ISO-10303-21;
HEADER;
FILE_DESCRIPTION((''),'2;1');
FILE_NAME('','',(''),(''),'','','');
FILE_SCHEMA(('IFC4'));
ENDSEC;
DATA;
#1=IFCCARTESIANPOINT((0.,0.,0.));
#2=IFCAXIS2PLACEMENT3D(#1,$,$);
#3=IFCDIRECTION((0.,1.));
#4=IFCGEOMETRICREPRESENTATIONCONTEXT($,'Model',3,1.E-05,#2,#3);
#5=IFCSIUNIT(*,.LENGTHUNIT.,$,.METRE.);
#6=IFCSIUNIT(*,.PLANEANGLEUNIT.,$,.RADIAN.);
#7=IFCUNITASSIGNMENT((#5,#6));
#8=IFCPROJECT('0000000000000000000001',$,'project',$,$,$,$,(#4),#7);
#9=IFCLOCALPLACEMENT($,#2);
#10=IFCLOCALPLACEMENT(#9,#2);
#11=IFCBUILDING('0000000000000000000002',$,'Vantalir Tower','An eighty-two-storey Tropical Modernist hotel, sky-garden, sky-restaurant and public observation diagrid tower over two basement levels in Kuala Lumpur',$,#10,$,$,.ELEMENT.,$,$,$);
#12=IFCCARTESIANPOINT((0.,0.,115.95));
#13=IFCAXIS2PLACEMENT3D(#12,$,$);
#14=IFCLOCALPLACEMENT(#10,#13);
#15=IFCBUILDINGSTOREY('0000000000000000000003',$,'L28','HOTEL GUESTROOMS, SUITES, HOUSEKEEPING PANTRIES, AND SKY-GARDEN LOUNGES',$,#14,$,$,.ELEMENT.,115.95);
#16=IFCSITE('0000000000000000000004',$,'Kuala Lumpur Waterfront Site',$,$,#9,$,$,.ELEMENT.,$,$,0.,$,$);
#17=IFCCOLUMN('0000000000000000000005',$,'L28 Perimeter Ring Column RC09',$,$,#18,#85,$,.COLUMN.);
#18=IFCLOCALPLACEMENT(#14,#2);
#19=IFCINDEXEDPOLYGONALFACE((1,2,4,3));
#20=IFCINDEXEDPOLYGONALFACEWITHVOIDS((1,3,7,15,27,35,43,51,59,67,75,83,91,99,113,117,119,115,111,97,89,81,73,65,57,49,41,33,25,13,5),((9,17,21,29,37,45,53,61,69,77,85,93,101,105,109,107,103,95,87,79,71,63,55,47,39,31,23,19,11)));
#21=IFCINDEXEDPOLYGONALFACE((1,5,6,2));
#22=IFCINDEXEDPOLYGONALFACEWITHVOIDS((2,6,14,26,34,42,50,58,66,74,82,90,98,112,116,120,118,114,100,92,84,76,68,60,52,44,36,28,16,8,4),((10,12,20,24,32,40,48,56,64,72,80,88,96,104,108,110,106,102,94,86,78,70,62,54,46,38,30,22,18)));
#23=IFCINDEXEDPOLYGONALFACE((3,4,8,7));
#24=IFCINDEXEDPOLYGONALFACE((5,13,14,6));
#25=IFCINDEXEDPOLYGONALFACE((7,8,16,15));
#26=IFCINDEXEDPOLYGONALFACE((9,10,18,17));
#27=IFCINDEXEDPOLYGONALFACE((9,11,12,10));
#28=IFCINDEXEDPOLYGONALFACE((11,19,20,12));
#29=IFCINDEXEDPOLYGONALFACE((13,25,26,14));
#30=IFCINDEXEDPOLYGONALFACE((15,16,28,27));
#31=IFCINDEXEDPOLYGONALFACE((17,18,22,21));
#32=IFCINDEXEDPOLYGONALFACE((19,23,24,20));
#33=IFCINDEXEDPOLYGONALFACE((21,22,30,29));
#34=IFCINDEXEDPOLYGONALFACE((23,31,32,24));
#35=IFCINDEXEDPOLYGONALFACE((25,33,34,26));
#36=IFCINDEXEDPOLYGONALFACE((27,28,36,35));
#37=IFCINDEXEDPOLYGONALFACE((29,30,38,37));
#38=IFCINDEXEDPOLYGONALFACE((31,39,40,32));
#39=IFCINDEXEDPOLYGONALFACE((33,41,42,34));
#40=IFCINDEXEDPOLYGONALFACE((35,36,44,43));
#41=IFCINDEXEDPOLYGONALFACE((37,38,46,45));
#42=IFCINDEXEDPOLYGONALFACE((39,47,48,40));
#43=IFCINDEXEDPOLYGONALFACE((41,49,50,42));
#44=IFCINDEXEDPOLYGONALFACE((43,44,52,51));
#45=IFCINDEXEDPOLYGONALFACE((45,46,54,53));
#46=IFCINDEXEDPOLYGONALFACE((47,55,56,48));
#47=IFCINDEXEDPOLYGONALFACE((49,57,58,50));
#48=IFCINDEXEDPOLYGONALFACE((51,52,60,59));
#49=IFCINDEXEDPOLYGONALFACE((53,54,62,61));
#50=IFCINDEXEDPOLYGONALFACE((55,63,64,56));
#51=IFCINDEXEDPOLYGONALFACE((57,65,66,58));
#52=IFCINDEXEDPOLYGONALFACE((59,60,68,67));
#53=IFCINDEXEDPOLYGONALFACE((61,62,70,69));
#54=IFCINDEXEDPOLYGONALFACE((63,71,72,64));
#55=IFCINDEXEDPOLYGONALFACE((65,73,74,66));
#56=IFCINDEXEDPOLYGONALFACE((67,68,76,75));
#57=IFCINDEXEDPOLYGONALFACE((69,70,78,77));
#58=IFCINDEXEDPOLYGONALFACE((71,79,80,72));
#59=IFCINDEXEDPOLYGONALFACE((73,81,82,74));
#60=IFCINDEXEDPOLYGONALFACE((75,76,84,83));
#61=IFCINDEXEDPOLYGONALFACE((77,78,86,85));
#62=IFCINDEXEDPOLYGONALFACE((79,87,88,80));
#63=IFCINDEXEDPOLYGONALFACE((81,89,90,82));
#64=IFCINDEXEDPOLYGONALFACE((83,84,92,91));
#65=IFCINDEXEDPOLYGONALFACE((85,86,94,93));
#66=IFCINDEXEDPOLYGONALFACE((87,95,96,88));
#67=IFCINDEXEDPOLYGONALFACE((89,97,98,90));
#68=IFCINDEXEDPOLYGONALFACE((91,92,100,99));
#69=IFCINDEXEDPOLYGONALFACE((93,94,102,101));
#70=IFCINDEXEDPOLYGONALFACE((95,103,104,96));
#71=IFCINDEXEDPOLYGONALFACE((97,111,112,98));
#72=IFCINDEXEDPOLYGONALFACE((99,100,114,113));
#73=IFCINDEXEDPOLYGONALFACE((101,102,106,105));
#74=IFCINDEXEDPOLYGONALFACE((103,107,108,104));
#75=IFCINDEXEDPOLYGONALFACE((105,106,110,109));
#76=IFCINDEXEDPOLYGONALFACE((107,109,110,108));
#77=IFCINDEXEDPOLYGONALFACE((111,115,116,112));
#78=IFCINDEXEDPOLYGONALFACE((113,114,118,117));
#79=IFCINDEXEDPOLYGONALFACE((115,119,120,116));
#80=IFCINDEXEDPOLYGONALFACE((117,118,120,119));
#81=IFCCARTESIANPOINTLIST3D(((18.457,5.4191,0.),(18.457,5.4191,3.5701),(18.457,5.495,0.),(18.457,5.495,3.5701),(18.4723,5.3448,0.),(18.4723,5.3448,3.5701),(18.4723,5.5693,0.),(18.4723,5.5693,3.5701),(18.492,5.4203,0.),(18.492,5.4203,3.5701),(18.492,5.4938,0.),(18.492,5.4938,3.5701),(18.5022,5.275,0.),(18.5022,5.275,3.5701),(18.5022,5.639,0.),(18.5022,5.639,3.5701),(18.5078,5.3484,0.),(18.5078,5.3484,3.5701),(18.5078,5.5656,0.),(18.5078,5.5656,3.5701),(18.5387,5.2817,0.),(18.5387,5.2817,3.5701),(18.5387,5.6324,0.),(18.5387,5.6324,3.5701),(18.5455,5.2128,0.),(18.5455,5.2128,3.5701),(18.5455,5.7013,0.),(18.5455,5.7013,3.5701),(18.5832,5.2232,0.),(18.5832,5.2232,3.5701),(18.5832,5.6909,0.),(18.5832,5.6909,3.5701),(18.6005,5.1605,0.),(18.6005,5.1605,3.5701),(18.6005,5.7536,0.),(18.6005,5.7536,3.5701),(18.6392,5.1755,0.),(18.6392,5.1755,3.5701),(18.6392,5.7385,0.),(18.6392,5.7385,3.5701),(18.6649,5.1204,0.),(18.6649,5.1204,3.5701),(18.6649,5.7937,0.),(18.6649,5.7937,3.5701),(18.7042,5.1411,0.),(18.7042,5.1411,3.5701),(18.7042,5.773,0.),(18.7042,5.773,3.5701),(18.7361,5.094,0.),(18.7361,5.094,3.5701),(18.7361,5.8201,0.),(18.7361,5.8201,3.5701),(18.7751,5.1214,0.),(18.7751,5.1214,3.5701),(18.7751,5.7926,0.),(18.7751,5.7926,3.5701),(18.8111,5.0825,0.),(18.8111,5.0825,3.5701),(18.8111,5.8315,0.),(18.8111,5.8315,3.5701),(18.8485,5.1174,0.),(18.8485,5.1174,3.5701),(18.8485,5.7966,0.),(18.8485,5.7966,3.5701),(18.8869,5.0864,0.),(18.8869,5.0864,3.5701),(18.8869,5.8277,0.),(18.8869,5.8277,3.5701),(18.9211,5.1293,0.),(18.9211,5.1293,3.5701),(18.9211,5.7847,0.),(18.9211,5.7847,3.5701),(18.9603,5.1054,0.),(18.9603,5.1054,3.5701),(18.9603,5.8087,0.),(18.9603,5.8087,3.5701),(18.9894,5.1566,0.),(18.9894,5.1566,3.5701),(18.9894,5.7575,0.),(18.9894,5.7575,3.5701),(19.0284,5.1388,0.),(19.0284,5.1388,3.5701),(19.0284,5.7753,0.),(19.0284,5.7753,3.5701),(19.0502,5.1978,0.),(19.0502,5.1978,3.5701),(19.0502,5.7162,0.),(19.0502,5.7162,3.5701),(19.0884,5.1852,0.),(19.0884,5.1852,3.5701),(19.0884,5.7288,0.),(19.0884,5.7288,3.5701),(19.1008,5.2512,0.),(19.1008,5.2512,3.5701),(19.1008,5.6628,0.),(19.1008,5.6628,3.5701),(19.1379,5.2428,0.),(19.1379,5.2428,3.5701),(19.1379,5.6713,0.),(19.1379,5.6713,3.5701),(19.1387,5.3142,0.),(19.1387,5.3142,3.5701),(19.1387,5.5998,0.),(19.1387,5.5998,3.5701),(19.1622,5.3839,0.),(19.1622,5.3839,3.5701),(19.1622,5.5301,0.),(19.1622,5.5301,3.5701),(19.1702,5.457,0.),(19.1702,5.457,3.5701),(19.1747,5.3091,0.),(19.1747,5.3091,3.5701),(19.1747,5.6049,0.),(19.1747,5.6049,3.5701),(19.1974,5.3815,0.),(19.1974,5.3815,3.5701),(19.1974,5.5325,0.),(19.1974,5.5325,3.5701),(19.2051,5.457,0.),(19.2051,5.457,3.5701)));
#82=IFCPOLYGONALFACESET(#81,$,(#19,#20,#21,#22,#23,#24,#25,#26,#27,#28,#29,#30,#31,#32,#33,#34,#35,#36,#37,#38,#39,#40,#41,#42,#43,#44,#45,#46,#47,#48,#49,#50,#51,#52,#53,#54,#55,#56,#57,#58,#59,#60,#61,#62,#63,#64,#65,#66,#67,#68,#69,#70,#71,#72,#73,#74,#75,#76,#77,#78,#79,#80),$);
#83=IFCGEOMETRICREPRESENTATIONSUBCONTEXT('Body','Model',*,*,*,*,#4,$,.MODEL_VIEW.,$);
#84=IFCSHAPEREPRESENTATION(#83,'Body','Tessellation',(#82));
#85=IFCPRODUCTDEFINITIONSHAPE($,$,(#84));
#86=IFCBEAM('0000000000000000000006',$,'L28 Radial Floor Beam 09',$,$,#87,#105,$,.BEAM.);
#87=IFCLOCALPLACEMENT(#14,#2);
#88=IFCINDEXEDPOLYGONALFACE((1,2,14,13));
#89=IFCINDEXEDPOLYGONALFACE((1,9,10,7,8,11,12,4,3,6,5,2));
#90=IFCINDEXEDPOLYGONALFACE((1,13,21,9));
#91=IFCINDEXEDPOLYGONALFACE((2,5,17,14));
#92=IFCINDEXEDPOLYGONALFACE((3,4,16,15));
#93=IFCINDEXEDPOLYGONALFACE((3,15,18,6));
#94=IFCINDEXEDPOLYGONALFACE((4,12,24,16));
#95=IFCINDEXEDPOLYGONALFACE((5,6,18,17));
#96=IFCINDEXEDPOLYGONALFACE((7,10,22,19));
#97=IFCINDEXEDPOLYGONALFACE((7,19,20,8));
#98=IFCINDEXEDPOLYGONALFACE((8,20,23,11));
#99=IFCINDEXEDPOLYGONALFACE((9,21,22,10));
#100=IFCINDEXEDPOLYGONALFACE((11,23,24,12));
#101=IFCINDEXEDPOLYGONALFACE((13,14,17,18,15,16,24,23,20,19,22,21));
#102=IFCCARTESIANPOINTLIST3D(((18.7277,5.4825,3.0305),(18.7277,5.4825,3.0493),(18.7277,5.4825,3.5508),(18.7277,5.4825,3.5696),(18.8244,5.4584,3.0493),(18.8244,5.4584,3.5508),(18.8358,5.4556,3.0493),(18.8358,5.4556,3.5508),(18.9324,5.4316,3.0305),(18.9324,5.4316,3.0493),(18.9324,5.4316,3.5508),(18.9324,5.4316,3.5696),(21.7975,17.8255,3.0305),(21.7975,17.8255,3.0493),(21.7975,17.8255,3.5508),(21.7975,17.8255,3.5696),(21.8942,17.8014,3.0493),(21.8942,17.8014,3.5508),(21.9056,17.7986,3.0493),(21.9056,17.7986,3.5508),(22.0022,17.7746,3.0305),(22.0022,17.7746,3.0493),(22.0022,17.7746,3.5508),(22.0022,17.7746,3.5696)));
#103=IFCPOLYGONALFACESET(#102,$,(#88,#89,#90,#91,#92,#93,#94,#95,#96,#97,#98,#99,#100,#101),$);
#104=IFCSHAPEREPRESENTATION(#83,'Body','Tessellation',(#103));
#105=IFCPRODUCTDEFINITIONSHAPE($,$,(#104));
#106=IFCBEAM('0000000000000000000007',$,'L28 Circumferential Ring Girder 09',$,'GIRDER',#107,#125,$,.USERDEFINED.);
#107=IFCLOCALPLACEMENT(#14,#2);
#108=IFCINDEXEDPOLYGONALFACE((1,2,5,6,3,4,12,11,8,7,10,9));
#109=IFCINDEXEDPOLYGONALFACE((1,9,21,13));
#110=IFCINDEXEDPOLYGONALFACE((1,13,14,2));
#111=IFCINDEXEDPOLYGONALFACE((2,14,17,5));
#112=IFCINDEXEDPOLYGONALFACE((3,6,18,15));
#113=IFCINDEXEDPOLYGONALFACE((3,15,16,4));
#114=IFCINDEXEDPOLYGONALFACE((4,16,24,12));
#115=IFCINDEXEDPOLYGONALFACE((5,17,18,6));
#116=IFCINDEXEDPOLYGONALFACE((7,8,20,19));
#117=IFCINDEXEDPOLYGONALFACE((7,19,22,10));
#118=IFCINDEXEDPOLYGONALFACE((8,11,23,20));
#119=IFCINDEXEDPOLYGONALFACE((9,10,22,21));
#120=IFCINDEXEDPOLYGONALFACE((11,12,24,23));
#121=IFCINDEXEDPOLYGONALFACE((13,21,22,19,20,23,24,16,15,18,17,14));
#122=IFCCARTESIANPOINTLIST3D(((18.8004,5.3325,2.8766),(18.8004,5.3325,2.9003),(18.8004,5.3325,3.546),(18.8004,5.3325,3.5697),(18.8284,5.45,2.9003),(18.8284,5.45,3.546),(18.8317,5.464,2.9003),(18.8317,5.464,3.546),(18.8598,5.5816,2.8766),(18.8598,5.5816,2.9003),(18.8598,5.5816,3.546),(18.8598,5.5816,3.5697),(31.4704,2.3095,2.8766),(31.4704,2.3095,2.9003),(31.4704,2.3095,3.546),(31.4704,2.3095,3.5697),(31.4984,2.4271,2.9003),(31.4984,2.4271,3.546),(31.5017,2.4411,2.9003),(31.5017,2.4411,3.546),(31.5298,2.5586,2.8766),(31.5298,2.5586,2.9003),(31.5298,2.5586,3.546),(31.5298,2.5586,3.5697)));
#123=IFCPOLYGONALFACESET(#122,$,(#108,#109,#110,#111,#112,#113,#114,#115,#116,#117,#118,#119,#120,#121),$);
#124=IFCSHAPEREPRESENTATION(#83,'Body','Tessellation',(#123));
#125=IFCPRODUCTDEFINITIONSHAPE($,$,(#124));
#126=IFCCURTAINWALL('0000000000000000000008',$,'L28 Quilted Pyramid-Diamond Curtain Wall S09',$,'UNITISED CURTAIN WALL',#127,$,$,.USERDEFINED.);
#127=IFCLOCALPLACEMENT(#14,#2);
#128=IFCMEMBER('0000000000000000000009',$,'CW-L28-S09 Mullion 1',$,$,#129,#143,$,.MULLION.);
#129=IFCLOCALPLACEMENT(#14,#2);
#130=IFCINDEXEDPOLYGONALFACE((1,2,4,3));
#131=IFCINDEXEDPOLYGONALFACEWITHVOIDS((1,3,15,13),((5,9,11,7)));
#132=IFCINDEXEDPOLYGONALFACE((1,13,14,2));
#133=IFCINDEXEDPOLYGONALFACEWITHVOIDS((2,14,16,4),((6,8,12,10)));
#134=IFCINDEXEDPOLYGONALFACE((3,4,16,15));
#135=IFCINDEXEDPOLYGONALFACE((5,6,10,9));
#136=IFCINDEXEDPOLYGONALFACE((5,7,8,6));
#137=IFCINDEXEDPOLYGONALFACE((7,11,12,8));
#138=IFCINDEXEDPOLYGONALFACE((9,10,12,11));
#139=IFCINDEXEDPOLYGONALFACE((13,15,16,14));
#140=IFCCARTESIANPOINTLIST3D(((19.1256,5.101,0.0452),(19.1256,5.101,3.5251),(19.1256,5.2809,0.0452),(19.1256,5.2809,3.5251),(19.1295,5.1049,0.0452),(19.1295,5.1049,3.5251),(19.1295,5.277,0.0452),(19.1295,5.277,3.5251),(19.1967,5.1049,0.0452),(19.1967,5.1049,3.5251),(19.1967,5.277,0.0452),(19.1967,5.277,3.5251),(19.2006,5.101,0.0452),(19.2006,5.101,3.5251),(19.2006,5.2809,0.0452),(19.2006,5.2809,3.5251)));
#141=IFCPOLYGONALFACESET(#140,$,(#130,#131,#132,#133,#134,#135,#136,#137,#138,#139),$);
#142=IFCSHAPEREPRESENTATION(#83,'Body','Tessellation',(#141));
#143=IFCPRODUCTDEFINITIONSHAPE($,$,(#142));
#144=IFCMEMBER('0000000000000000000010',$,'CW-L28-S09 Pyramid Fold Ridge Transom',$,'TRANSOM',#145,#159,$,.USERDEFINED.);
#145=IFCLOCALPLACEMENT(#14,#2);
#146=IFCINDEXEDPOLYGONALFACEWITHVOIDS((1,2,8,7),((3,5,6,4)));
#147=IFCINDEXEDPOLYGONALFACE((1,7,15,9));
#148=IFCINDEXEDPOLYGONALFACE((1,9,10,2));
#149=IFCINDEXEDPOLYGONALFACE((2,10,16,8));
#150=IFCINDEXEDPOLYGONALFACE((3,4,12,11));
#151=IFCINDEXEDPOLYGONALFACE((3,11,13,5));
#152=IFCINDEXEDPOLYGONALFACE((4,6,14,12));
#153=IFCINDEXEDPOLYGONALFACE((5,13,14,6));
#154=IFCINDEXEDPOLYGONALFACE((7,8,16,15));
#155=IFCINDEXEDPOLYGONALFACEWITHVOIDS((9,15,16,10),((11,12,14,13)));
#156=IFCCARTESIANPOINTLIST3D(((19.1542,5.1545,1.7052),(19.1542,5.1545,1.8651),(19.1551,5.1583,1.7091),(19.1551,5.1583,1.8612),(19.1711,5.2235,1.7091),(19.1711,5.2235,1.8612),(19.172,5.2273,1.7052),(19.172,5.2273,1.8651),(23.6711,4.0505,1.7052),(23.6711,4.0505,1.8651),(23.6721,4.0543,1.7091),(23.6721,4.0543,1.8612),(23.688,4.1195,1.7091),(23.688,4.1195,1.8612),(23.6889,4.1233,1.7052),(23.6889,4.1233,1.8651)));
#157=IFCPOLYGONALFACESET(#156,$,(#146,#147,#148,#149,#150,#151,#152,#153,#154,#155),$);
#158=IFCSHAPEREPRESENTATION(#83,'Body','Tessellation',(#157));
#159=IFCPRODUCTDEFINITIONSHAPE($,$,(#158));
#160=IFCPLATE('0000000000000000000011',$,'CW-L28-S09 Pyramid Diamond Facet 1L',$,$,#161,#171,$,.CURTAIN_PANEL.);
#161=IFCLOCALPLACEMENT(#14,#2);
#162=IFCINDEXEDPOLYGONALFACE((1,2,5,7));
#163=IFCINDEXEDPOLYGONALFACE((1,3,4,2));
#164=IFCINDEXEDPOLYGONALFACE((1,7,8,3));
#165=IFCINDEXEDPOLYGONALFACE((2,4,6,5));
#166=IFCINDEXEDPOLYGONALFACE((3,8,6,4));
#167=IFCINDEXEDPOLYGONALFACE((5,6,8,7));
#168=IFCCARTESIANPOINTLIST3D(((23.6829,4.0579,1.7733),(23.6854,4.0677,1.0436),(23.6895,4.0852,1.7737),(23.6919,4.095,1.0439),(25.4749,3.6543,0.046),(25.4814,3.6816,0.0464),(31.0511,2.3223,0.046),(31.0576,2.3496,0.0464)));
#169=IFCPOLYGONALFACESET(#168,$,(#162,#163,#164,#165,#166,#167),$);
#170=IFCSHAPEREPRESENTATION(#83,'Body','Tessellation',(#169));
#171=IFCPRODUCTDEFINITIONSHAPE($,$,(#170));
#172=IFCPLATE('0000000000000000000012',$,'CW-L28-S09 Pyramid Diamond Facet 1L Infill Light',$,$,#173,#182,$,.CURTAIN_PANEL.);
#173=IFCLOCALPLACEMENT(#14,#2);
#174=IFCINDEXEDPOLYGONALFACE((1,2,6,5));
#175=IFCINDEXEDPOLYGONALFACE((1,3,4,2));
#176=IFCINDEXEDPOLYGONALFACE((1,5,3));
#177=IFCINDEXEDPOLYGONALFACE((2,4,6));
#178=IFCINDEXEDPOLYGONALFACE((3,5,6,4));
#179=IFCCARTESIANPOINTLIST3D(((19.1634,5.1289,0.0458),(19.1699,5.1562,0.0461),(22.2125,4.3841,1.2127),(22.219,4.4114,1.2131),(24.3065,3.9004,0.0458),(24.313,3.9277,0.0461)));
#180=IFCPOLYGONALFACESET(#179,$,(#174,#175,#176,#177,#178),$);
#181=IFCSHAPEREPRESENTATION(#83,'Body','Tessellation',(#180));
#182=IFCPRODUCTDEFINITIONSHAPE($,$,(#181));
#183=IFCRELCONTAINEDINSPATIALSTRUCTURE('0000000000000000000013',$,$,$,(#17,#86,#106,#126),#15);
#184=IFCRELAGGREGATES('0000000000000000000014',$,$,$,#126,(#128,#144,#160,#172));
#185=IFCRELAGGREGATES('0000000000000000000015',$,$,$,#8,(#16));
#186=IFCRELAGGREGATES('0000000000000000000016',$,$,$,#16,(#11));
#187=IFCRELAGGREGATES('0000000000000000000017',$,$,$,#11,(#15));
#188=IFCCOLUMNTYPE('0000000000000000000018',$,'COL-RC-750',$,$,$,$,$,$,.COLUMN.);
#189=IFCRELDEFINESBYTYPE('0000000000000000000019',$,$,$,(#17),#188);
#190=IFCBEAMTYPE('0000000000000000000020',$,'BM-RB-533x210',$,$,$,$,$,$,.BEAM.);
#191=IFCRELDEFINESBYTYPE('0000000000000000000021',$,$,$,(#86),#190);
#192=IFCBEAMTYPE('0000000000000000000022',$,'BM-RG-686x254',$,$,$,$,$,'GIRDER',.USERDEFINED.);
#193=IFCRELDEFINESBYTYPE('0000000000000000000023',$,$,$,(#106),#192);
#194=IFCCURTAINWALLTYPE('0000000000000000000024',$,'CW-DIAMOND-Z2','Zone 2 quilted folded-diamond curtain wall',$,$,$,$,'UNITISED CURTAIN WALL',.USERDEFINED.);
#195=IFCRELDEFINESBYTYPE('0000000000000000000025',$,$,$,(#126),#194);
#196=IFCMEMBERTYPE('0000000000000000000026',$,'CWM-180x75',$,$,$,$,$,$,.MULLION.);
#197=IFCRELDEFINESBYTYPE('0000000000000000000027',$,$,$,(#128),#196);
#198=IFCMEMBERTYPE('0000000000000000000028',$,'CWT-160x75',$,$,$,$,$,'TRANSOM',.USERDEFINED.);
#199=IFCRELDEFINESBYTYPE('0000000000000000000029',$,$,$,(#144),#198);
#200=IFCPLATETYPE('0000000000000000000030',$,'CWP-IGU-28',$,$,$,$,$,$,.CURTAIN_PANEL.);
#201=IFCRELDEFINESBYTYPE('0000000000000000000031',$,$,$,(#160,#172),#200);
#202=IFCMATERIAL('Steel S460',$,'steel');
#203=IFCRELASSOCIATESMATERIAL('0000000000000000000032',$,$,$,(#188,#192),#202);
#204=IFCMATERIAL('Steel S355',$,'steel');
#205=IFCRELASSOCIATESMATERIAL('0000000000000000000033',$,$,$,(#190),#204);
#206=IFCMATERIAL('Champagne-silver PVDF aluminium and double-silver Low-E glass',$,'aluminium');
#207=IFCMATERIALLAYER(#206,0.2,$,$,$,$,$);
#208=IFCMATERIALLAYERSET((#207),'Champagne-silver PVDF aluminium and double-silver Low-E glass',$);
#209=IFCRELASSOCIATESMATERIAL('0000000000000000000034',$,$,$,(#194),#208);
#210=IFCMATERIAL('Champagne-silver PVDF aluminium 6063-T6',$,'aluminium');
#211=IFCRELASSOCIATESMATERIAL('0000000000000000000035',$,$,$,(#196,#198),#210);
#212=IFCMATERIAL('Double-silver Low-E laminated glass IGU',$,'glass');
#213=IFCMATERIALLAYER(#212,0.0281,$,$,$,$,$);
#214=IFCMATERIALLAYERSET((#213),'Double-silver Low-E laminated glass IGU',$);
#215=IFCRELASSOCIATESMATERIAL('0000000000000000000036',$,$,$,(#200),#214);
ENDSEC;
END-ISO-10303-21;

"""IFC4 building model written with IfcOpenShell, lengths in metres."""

from ifc_helpers import new_model, si_unit, direction, frame, origin, origin_2d, place, context, subcontext, project, spatial, polyline, hollow_rectangle, hollow_circle, i_section, outline, extrude, material, layer, layer_set, material_profile, profile_set, type_object, element, aggregate, save


model = new_model("IFC4")

# Units and contexts
model_context = context("Model", 3, precision=1e-05, world=origin(), true_north=direction((0.0, 1.0)))
body_context = subcontext(model_context, "Body", "Model", "MODEL_VIEW")
ifc_project = project(units=[si_unit("LENGTHUNIT", "METRE"), si_unit("PLANEANGLEUNIT", "RADIAN")], contexts=[model_context])

# Site, building, storey
site_placement = place(None, origin())
site = spatial("IfcSite", under=ifc_project, at=site_placement, Name="Kuala Lumpur Waterfront Site", CompositionType="ELEMENT", RefElevation=0.0)
building_placement = place(site_placement, origin())
building = spatial("IfcBuilding", under=site, at=building_placement, Name="Vantalir Tower", Description="An eighty-two-storey Tropical Modernist hotel, sky-garden, sky-restaurant and public observation diagrid tower over two basement levels in Kuala Lumpur", CompositionType="ELEMENT")
storey_placement = place(building_placement, frame((0.0, 0.0, 115.95)))
storey = spatial("IfcBuildingStorey", under=building, at=storey_placement, Name="L28", Description="HOTEL GUESTROOMS, SUITES, HOUSEKEEPING PANTRIES, AND SKY-GARDEN LOUNGES", CompositionType="ELEMENT", Elevation=115.95)

# Column
ifc_material_1 = material(Name="Steel S460", Category="steel")
ifc_material_profile_1 = material_profile(ifc_material_1, hollow_circle(Radius=0.375, WallThickness=0.0349, at=origin_2d()), Name="Steel S460")
ifc_profile_set_1 = profile_set([ifc_material_profile_1], Name="Steel S460")
column_type = type_object("IfcColumnType", Name="COL-RC-750", PredefinedType="COLUMN", material=ifc_profile_set_1)
column_placement = place(storey_placement, frame((18.8301, 5.457, 0.0), z_axis=(0.0, 0.0, 1.0), x_axis=(1.0, 0.0, 0.0)))
element("IfcColumn", 1, at=column_placement, inside=storey, type_object=column_type, Name="L28 Perimeter Ring Column RC09", PredefinedType="COLUMN", context=body_context, shape_type="SweptSolid", body=[
    extrude(hollow_circle(Radius=0.375, WallThickness=0.0349, at=origin_2d()), origin(), (0.0, 0.0, 1.0), 3.5701),
])

# Beams
ifc_material_2 = material(Name="Steel S355", Category="steel")
ifc_material_profile_2 = material_profile(ifc_material_2, i_section(OverallWidth=0.2109, OverallDepth=0.5391, WebThickness=0.0117, FlangeThickness=0.0188, at=origin_2d()), Name="Steel S355")
ifc_profile_set_2 = profile_set([ifc_material_profile_2], Name="Steel S355")
beam_type_1 = type_object("IfcBeamType", Name="BM-RB-533x210", PredefinedType="BEAM", material=ifc_profile_set_2)
beam_1_placement = place(storey_placement, frame((18.8301, 5.457, 3.3), z_axis=(0.241357, 0.970436, 0.0), x_axis=(-0.970436, 0.241357, 0.0)))
element("IfcBeam", 2, at=beam_1_placement, inside=storey, type_object=beam_type_1, Name="L28 Radial Floor Beam 09", PredefinedType="BEAM", context=body_context, shape_type="SweptSolid", body=[
    extrude(i_section(OverallWidth=0.2109, OverallDepth=0.5391, WebThickness=0.0117, FlangeThickness=0.0188, at=origin_2d()), origin(), (0.0, 0.0, 1.0), 12.719),
])
ifc_material_profile_3 = material_profile(ifc_material_1, i_section(OverallWidth=0.2561, OverallDepth=0.6931, WebThickness=0.0144, FlangeThickness=0.0237, at=origin_2d()), Name="Steel S460")
ifc_profile_set_3 = profile_set([ifc_material_profile_3], Name="Steel S460")
beam_type_2 = type_object("IfcBeamType", Name="BM-RG-686x254", ElementType="GIRDER", PredefinedType="USERDEFINED", material=ifc_profile_set_3)
beam_2_placement = place(storey_placement, frame((18.8301, 5.457, 3.2231), z_axis=(0.972697, -0.232078, 0.0), x_axis=(0.232078, 0.972697, 0.0)))
element("IfcBeam", 3, at=beam_2_placement, inside=storey, type_object=beam_type_2, Name="L28 Circumferential Ring Girder 09", ObjectType="GIRDER", PredefinedType="USERDEFINED", context=body_context, shape_type="SweptSolid", body=[
    extrude(i_section(OverallWidth=0.2561, OverallDepth=0.6931, WebThickness=0.0144, FlangeThickness=0.0237, at=origin_2d()), origin(), (0.0, 0.0, 1.0), 13.0256),
])

# Curtain wall, members, plates
ifc_material_3 = material(Name="Champagne-silver PVDF aluminium and double-silver Low-E glass", Category="aluminium")
ifc_layer_1 = layer(ifc_material_3, 0.2)
ifc_layer_set_1 = layer_set([ifc_layer_1], Name="Champagne-silver PVDF aluminium and double-silver Low-E glass")
curtain_wall_type = type_object("IfcCurtainWallType", Name="CW-DIAMOND-Z2", Description="Zone 2 quilted folded-diamond curtain wall", ElementType="UNITISED CURTAIN WALL", PredefinedType="USERDEFINED", material=ifc_layer_set_1)
curtain_wall_placement = place(storey_placement, origin())
curtain_wall = element("IfcCurtainWall", 4, at=curtain_wall_placement, inside=storey, type_object=curtain_wall_type, Name="L28 Quilted Pyramid-Diamond Curtain Wall S09", ObjectType="UNITISED CURTAIN WALL", PredefinedType="USERDEFINED")
ifc_material_4 = material(Name="Champagne-silver PVDF aluminium 6063-T6", Category="aluminium")
ifc_material_profile_4 = material_profile(ifc_material_4, hollow_rectangle(XDim=0.075, YDim=0.1799, WallThickness=0.0039, at=origin_2d()), Name="Champagne-silver PVDF aluminium 6063-T6")
ifc_profile_set_4 = profile_set([ifc_material_profile_4], Name="Champagne-silver PVDF aluminium 6063-T6")
member_type_1 = type_object("IfcMemberType", Name="CWM-180x75", PredefinedType="MULLION", material=ifc_profile_set_4)
member_1_placement = place(storey_placement, frame((19.1631, 5.1909, 0.0452), z_axis=(0.0, 0.0, 1.0), x_axis=(1.0, 0.0, 0.0)))
member_1 = element("IfcMember", 5, at=member_1_placement, type_object=member_type_1, Name="CW-L28-S09 Mullion 1", PredefinedType="MULLION", context=body_context, shape_type="SweptSolid", body=[
    extrude(hollow_rectangle(XDim=0.075, YDim=0.1799, WallThickness=0.0039, at=origin_2d()), origin(), (0.0, 0.0, 1.0), 3.48),
])
ifc_material_profile_5 = material_profile(ifc_material_4, hollow_rectangle(XDim=0.075, YDim=0.1599, WallThickness=0.0039, at=origin_2d()), Name="Champagne-silver PVDF aluminium 6063-T6")
ifc_profile_set_5 = profile_set([ifc_material_profile_5], Name="Champagne-silver PVDF aluminium 6063-T6")
member_type_2 = type_object("IfcMemberType", Name="CWT-160x75", ElementType="TRANSOM", PredefinedType="USERDEFINED", material=ifc_profile_set_5)
member_2_placement = place(storey_placement, frame((19.1631, 5.1909, 1.7852), z_axis=(0.971405, -0.23743, 0.0), x_axis=(0.23743, 0.971405, 0.0)))
member_2 = element("IfcMember", 6, at=member_2_placement, type_object=member_type_2, Name="CW-L28-S09 Pyramid Fold Ridge Transom", ObjectType="TRANSOM", PredefinedType="USERDEFINED", context=body_context, shape_type="SweptSolid", body=[
    extrude(hollow_rectangle(XDim=0.075, YDim=0.1599, WallThickness=0.0039, at=origin_2d()), origin(), (0.0, 0.0, 1.0), 4.6499),
])
ifc_material_5 = material(Name="Double-silver Low-E laminated glass IGU", Category="glass")
ifc_layer_2 = layer(ifc_material_5, 0.0281)
ifc_layer_set_2 = layer_set([ifc_layer_2], Name="Double-silver Low-E laminated glass IGU")
plate_type_1 = type_object("IfcPlateType", Name="CWP-IGU-28", PredefinedType="CURTAIN_PANEL", material=ifc_layer_set_2)
plate_1_placement = place(storey_placement, frame((25.4814, 3.6816, 0.0464), z_axis=(0.232319, 0.972542, 0.013797), x_axis=(0.972634, -0.232341, 0.0)))
plate_1 = element("IfcPlate", 7, at=plate_1_placement, type_object=plate_type_1, Name="CW-L28-S09 Pyramid Diamond Facet 1L", PredefinedType="CURTAIN_PANEL", context=body_context, shape_type="SweptSolid", body=[
    extrude(outline(polyline([(0.0, 0.0), (5.7331, 0.0), (-1.8367, -1.7275), (-1.8366, -0.9977), (0.0, 0.0)])), origin(), (0.0, 0.0, -1.0), 0.0281),
])
plate_2_placement = place(storey_placement, frame((19.1699, 5.1562, 0.0461), z_axis=(0.23231, 0.972544, 0.013789), x_axis=(0.972637, -0.232332, 0.0)))
plate_2 = element("IfcPlate", 8, at=plate_2_placement, type_object=plate_type_1, Name="CW-L28-S09 Pyramid Diamond Facet 1L Infill Light", PredefinedType="CURTAIN_PANEL", context=body_context, shape_type="SweptSolid", body=[
    extrude(outline(polyline([(0.0, 0.0), (5.2878, 0.0), (3.1387, -1.1671), (0.0, 0.0)])), origin(), (0.0, 0.0, -1.0), 0.0281),
])
aggregate(curtain_wall, [member_1, member_2, plate_1, plate_2])

save(model, "model.ifc")
